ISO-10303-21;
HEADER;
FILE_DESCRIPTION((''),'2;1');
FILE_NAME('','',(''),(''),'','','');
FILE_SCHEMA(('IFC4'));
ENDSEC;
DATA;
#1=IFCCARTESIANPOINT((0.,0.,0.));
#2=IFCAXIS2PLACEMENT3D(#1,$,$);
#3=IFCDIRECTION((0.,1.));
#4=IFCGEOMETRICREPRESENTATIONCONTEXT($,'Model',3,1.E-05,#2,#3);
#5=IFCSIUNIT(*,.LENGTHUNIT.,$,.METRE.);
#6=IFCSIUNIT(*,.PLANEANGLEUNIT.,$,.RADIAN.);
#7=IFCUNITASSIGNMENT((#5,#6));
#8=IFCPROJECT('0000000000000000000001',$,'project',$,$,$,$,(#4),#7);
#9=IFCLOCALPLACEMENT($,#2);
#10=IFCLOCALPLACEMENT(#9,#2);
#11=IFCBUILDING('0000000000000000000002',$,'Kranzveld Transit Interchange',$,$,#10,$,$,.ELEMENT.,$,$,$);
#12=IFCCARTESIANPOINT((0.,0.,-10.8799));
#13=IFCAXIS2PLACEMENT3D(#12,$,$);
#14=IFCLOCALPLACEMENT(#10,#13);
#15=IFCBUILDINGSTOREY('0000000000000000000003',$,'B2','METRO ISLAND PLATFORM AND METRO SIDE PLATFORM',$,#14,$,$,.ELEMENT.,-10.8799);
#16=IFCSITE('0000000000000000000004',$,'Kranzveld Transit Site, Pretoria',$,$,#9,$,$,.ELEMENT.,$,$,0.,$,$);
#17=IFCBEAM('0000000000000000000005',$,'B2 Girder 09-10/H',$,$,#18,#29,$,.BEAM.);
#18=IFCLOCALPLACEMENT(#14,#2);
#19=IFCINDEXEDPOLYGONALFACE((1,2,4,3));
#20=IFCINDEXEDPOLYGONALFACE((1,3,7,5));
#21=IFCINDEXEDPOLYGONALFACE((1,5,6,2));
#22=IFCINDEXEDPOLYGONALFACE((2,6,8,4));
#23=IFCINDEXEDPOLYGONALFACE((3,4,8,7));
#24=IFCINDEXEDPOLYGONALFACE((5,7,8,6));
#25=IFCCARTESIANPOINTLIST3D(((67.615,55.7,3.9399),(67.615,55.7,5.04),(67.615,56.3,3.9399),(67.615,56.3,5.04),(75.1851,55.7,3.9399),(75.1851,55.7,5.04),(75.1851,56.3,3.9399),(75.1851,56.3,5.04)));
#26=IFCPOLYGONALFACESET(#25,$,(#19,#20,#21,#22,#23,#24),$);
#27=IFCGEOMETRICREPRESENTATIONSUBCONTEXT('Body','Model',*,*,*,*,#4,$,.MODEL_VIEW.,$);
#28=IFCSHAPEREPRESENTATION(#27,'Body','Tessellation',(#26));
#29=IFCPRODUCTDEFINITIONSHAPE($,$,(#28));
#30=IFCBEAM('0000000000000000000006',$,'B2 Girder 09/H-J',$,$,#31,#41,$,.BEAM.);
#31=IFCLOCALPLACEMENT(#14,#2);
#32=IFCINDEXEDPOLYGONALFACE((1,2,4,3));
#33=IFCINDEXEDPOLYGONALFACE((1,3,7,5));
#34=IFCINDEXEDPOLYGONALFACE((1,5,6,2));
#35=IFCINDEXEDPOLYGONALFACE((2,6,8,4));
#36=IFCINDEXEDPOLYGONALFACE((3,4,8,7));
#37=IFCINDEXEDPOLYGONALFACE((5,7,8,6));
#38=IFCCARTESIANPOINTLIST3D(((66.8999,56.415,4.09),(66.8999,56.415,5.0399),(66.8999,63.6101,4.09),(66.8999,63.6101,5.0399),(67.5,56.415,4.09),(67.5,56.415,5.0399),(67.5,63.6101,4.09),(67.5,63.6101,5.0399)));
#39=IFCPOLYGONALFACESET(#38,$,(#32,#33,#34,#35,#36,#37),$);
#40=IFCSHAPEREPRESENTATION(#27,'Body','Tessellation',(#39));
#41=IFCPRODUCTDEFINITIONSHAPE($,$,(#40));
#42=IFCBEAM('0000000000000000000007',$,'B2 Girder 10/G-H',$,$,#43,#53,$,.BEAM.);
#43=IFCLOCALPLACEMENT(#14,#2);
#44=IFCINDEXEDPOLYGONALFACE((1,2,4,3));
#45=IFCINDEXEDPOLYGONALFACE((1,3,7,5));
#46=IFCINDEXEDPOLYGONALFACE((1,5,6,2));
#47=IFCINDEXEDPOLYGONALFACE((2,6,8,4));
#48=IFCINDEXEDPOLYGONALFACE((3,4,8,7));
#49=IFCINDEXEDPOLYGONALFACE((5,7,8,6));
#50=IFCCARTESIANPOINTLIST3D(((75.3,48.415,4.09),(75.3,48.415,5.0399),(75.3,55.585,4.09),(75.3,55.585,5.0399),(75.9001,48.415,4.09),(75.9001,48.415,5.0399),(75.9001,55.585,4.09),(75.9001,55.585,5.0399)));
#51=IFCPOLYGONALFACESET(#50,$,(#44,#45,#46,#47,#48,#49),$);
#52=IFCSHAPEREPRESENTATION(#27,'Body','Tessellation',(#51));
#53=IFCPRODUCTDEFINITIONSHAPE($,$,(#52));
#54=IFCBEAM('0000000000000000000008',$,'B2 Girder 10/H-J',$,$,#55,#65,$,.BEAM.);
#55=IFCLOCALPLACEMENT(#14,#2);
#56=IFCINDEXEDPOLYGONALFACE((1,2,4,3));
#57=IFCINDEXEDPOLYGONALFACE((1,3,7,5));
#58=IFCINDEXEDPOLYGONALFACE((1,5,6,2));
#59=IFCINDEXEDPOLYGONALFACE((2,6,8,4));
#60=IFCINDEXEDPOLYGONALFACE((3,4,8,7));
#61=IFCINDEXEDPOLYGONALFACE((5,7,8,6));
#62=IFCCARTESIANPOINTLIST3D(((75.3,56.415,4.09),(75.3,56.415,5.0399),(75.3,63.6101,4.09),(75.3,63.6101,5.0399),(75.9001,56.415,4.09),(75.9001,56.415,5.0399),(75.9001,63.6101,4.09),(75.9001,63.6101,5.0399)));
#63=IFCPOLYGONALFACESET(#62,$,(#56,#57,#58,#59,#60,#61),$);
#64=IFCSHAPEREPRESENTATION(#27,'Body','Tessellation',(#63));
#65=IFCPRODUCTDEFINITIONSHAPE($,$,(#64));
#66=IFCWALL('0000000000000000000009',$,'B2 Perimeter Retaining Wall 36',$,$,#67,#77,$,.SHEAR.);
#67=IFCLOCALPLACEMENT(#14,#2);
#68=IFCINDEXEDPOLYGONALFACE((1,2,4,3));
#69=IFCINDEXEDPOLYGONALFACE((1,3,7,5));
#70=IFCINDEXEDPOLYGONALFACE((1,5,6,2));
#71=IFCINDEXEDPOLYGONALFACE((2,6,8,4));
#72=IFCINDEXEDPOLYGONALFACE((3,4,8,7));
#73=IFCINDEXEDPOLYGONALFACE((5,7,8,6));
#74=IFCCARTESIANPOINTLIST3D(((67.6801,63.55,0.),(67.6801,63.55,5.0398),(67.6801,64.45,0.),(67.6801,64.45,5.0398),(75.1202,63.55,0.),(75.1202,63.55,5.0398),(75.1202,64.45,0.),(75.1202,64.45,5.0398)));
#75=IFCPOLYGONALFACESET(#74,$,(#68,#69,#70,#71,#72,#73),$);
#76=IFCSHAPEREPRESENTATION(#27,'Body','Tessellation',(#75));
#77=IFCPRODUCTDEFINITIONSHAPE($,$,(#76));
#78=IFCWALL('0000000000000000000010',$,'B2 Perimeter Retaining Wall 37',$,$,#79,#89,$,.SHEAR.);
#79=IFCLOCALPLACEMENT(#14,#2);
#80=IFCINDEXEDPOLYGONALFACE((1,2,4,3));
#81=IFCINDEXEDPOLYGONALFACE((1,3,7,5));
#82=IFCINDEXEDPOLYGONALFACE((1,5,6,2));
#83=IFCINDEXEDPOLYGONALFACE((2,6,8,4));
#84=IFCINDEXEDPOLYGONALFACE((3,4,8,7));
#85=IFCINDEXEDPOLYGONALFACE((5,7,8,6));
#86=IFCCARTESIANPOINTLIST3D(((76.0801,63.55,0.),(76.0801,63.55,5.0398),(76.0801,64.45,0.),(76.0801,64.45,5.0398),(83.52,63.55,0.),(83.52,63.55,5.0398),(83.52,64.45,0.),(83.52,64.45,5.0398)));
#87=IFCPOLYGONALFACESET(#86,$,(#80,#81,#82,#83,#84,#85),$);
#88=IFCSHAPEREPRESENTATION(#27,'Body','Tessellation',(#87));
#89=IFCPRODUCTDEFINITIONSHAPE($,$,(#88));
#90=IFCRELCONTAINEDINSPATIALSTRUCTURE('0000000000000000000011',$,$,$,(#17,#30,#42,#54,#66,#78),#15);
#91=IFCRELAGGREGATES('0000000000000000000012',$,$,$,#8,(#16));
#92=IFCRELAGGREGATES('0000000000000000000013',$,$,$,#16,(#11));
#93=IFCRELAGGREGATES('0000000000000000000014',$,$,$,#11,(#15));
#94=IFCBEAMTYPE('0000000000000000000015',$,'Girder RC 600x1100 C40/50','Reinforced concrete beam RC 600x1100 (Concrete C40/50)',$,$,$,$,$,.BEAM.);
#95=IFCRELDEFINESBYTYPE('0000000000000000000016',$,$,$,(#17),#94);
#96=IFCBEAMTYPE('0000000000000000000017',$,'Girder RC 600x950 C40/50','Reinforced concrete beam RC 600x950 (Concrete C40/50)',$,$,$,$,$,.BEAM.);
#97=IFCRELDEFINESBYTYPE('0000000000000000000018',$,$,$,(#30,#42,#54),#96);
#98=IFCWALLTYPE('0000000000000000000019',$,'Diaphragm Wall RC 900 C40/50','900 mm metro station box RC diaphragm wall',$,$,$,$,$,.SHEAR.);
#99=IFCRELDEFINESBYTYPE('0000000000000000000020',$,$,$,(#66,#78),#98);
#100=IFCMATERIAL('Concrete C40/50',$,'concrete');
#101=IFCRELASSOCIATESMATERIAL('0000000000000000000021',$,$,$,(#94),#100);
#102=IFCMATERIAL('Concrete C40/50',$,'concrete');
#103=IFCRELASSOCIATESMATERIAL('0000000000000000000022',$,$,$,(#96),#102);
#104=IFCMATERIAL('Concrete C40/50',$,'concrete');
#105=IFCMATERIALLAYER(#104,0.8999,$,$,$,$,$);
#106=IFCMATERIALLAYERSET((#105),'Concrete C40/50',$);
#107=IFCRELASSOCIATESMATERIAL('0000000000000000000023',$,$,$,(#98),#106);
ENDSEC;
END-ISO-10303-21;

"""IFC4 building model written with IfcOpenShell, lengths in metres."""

from ifc_helpers import new_model, si_unit, direction, frame, frame_2d, origin, origin_2d, place, context, subcontext, project, spatial, rectangle, extrude, material, layer, layer_set, material_profile, profile_set, type_object, element, save


model = new_model("IFC4")

# Units and contexts
model_context = context("Model", 3, precision=1e-05, world=origin(), true_north=direction((0.0, 1.0)))
body_context = subcontext(model_context, "Body", "Model", "MODEL_VIEW")
ifc_project = project(units=[si_unit("LENGTHUNIT", "METRE"), si_unit("PLANEANGLEUNIT", "RADIAN")], contexts=[model_context])

# Site, building, storey
site_placement = place(None, origin())
site = spatial("IfcSite", under=ifc_project, at=site_placement, Name="Kranzveld Transit Site, Pretoria", CompositionType="ELEMENT", RefElevation=0.0)
building_placement = place(site_placement, origin())
building = spatial("IfcBuilding", under=site, at=building_placement, Name="Kranzveld Transit Interchange", CompositionType="ELEMENT")
storey_placement = place(building_placement, frame((0.0, 0.0, -10.8799)))
storey = spatial("IfcBuildingStorey", under=building, at=storey_placement, Name="B2", Description="METRO ISLAND PLATFORM AND METRO SIDE PLATFORM", CompositionType="ELEMENT", Elevation=-10.8799)

# Beams
ifc_material_1 = material(Name="Concrete C40/50", Category="concrete")
ifc_material_profile_1 = material_profile(ifc_material_1, rectangle(XDim=0.6001, YDim=1.1001, at=origin_2d()), Name="RC 600x1100")
ifc_profile_set_1 = profile_set([ifc_material_profile_1], Name="Concrete C40/50")
beam_type_1 = type_object("IfcBeamType", Name="Girder RC 600x1100 C40/50", Description="Reinforced concrete beam RC 600x1100 (Concrete C40/50)", PredefinedType="BEAM", material=ifc_profile_set_1)
beam_1_placement = place(storey_placement, frame((67.615, 56.0, 4.49), z_axis=(1.0, 0.0, 0.0), x_axis=(0.0, 1.0, 0.0)))
element("IfcBeam", 1, at=beam_1_placement, inside=storey, type_object=beam_type_1, Name="B2 Girder 09-10/H", PredefinedType="BEAM", context=body_context, shape_type="SweptSolid", body=[
    extrude(rectangle(XDim=0.6001, YDim=1.1001, at=origin_2d()), origin(), (0.0, 0.0, 1.0), 7.5701),
])
ifc_material_2 = material(Name="Concrete C40/50", Category="concrete")
ifc_material_profile_2 = material_profile(ifc_material_2, rectangle(XDim=0.6001, YDim=0.95, at=origin_2d()), Name="RC 600x950")
ifc_profile_set_2 = profile_set([ifc_material_profile_2], Name="Concrete C40/50")
beam_type_2 = type_object("IfcBeamType", Name="Girder RC 600x950 C40/50", Description="Reinforced concrete beam RC 600x950 (Concrete C40/50)", PredefinedType="BEAM", material=ifc_profile_set_2)
beam_2_placement = place(storey_placement, frame((67.2, 56.415, 4.5649), z_axis=(0.0, 1.0, 0.0), x_axis=(-1.0, 0.0, 0.0)))
element("IfcBeam", 2, at=beam_2_placement, inside=storey, type_object=beam_type_2, Name="B2 Girder 09/H-J", PredefinedType="BEAM", context=body_context, shape_type="SweptSolid", body=[
    extrude(rectangle(XDim=0.6001, YDim=0.95, at=origin_2d()), origin(), (0.0, 0.0, 1.0), 7.1951),
])
beam_3_placement = place(storey_placement, frame((75.6001, 48.415, 4.5649), z_axis=(0.0, 1.0, 0.0), x_axis=(-1.0, 0.0, 0.0)))
element("IfcBeam", 3, at=beam_3_placement, inside=storey, type_object=beam_type_2, Name="B2 Girder 10/G-H", PredefinedType="BEAM", context=body_context, shape_type="SweptSolid", body=[
    extrude(rectangle(XDim=0.6001, YDim=0.95, at=origin_2d()), origin(), (0.0, 0.0, 1.0), 7.1699),
])
beam_4_placement = place(storey_placement, frame((75.6001, 56.415, 4.5649), z_axis=(0.0, 1.0, 0.0), x_axis=(-1.0, 0.0, 0.0)))
element("IfcBeam", 4, at=beam_4_placement, inside=storey, type_object=beam_type_2, Name="B2 Girder 10/H-J", PredefinedType="BEAM", context=body_context, shape_type="SweptSolid", body=[
    extrude(rectangle(XDim=0.6001, YDim=0.95, at=origin_2d()), origin(), (0.0, 0.0, 1.0), 7.1951),
])

# Walls
ifc_material_3 = material(Name="Concrete C40/50", Category="concrete")
ifc_layer = layer(ifc_material_3, 0.8999)
ifc_layer_set = layer_set([ifc_layer], Name="Concrete C40/50")
wall_type = type_object("IfcWallType", Name="Diaphragm Wall RC 900 C40/50", Description="900 mm metro station box RC diaphragm wall", PredefinedType="SHEAR", material=ifc_layer_set)
wall_1_placement = place(storey_placement, frame((67.6799, 64.0, 0.0), z_axis=(0.0, 0.0, 1.0), x_axis=(1.0, 0.0, 0.0)))
element("IfcWall", 5, at=wall_1_placement, inside=storey, type_object=wall_type, Name="B2 Perimeter Retaining Wall 36", PredefinedType="SHEAR", context=body_context, shape_type="SweptSolid", body=[
    extrude(rectangle(XDim=7.4402, YDim=0.8999, at=frame_2d((3.7202, 0.0))), origin(), (0.0, 0.0, 1.0), 5.0398),
])
wall_2_placement = place(storey_placement, frame((76.0801, 64.0, 0.0), z_axis=(0.0, 0.0, 1.0), x_axis=(1.0, 0.0, 0.0)))
element("IfcWall", 6, at=wall_2_placement, inside=storey, type_object=wall_type, Name="B2 Perimeter Retaining Wall 37", PredefinedType="SHEAR", context=body_context, shape_type="SweptSolid", body=[
    extrude(rectangle(XDim=7.4399, YDim=0.8999, at=frame_2d((3.72, 0.0))), origin(), (0.0, 0.0, 1.0), 5.0398),
])

save(model, "model.ifc")
